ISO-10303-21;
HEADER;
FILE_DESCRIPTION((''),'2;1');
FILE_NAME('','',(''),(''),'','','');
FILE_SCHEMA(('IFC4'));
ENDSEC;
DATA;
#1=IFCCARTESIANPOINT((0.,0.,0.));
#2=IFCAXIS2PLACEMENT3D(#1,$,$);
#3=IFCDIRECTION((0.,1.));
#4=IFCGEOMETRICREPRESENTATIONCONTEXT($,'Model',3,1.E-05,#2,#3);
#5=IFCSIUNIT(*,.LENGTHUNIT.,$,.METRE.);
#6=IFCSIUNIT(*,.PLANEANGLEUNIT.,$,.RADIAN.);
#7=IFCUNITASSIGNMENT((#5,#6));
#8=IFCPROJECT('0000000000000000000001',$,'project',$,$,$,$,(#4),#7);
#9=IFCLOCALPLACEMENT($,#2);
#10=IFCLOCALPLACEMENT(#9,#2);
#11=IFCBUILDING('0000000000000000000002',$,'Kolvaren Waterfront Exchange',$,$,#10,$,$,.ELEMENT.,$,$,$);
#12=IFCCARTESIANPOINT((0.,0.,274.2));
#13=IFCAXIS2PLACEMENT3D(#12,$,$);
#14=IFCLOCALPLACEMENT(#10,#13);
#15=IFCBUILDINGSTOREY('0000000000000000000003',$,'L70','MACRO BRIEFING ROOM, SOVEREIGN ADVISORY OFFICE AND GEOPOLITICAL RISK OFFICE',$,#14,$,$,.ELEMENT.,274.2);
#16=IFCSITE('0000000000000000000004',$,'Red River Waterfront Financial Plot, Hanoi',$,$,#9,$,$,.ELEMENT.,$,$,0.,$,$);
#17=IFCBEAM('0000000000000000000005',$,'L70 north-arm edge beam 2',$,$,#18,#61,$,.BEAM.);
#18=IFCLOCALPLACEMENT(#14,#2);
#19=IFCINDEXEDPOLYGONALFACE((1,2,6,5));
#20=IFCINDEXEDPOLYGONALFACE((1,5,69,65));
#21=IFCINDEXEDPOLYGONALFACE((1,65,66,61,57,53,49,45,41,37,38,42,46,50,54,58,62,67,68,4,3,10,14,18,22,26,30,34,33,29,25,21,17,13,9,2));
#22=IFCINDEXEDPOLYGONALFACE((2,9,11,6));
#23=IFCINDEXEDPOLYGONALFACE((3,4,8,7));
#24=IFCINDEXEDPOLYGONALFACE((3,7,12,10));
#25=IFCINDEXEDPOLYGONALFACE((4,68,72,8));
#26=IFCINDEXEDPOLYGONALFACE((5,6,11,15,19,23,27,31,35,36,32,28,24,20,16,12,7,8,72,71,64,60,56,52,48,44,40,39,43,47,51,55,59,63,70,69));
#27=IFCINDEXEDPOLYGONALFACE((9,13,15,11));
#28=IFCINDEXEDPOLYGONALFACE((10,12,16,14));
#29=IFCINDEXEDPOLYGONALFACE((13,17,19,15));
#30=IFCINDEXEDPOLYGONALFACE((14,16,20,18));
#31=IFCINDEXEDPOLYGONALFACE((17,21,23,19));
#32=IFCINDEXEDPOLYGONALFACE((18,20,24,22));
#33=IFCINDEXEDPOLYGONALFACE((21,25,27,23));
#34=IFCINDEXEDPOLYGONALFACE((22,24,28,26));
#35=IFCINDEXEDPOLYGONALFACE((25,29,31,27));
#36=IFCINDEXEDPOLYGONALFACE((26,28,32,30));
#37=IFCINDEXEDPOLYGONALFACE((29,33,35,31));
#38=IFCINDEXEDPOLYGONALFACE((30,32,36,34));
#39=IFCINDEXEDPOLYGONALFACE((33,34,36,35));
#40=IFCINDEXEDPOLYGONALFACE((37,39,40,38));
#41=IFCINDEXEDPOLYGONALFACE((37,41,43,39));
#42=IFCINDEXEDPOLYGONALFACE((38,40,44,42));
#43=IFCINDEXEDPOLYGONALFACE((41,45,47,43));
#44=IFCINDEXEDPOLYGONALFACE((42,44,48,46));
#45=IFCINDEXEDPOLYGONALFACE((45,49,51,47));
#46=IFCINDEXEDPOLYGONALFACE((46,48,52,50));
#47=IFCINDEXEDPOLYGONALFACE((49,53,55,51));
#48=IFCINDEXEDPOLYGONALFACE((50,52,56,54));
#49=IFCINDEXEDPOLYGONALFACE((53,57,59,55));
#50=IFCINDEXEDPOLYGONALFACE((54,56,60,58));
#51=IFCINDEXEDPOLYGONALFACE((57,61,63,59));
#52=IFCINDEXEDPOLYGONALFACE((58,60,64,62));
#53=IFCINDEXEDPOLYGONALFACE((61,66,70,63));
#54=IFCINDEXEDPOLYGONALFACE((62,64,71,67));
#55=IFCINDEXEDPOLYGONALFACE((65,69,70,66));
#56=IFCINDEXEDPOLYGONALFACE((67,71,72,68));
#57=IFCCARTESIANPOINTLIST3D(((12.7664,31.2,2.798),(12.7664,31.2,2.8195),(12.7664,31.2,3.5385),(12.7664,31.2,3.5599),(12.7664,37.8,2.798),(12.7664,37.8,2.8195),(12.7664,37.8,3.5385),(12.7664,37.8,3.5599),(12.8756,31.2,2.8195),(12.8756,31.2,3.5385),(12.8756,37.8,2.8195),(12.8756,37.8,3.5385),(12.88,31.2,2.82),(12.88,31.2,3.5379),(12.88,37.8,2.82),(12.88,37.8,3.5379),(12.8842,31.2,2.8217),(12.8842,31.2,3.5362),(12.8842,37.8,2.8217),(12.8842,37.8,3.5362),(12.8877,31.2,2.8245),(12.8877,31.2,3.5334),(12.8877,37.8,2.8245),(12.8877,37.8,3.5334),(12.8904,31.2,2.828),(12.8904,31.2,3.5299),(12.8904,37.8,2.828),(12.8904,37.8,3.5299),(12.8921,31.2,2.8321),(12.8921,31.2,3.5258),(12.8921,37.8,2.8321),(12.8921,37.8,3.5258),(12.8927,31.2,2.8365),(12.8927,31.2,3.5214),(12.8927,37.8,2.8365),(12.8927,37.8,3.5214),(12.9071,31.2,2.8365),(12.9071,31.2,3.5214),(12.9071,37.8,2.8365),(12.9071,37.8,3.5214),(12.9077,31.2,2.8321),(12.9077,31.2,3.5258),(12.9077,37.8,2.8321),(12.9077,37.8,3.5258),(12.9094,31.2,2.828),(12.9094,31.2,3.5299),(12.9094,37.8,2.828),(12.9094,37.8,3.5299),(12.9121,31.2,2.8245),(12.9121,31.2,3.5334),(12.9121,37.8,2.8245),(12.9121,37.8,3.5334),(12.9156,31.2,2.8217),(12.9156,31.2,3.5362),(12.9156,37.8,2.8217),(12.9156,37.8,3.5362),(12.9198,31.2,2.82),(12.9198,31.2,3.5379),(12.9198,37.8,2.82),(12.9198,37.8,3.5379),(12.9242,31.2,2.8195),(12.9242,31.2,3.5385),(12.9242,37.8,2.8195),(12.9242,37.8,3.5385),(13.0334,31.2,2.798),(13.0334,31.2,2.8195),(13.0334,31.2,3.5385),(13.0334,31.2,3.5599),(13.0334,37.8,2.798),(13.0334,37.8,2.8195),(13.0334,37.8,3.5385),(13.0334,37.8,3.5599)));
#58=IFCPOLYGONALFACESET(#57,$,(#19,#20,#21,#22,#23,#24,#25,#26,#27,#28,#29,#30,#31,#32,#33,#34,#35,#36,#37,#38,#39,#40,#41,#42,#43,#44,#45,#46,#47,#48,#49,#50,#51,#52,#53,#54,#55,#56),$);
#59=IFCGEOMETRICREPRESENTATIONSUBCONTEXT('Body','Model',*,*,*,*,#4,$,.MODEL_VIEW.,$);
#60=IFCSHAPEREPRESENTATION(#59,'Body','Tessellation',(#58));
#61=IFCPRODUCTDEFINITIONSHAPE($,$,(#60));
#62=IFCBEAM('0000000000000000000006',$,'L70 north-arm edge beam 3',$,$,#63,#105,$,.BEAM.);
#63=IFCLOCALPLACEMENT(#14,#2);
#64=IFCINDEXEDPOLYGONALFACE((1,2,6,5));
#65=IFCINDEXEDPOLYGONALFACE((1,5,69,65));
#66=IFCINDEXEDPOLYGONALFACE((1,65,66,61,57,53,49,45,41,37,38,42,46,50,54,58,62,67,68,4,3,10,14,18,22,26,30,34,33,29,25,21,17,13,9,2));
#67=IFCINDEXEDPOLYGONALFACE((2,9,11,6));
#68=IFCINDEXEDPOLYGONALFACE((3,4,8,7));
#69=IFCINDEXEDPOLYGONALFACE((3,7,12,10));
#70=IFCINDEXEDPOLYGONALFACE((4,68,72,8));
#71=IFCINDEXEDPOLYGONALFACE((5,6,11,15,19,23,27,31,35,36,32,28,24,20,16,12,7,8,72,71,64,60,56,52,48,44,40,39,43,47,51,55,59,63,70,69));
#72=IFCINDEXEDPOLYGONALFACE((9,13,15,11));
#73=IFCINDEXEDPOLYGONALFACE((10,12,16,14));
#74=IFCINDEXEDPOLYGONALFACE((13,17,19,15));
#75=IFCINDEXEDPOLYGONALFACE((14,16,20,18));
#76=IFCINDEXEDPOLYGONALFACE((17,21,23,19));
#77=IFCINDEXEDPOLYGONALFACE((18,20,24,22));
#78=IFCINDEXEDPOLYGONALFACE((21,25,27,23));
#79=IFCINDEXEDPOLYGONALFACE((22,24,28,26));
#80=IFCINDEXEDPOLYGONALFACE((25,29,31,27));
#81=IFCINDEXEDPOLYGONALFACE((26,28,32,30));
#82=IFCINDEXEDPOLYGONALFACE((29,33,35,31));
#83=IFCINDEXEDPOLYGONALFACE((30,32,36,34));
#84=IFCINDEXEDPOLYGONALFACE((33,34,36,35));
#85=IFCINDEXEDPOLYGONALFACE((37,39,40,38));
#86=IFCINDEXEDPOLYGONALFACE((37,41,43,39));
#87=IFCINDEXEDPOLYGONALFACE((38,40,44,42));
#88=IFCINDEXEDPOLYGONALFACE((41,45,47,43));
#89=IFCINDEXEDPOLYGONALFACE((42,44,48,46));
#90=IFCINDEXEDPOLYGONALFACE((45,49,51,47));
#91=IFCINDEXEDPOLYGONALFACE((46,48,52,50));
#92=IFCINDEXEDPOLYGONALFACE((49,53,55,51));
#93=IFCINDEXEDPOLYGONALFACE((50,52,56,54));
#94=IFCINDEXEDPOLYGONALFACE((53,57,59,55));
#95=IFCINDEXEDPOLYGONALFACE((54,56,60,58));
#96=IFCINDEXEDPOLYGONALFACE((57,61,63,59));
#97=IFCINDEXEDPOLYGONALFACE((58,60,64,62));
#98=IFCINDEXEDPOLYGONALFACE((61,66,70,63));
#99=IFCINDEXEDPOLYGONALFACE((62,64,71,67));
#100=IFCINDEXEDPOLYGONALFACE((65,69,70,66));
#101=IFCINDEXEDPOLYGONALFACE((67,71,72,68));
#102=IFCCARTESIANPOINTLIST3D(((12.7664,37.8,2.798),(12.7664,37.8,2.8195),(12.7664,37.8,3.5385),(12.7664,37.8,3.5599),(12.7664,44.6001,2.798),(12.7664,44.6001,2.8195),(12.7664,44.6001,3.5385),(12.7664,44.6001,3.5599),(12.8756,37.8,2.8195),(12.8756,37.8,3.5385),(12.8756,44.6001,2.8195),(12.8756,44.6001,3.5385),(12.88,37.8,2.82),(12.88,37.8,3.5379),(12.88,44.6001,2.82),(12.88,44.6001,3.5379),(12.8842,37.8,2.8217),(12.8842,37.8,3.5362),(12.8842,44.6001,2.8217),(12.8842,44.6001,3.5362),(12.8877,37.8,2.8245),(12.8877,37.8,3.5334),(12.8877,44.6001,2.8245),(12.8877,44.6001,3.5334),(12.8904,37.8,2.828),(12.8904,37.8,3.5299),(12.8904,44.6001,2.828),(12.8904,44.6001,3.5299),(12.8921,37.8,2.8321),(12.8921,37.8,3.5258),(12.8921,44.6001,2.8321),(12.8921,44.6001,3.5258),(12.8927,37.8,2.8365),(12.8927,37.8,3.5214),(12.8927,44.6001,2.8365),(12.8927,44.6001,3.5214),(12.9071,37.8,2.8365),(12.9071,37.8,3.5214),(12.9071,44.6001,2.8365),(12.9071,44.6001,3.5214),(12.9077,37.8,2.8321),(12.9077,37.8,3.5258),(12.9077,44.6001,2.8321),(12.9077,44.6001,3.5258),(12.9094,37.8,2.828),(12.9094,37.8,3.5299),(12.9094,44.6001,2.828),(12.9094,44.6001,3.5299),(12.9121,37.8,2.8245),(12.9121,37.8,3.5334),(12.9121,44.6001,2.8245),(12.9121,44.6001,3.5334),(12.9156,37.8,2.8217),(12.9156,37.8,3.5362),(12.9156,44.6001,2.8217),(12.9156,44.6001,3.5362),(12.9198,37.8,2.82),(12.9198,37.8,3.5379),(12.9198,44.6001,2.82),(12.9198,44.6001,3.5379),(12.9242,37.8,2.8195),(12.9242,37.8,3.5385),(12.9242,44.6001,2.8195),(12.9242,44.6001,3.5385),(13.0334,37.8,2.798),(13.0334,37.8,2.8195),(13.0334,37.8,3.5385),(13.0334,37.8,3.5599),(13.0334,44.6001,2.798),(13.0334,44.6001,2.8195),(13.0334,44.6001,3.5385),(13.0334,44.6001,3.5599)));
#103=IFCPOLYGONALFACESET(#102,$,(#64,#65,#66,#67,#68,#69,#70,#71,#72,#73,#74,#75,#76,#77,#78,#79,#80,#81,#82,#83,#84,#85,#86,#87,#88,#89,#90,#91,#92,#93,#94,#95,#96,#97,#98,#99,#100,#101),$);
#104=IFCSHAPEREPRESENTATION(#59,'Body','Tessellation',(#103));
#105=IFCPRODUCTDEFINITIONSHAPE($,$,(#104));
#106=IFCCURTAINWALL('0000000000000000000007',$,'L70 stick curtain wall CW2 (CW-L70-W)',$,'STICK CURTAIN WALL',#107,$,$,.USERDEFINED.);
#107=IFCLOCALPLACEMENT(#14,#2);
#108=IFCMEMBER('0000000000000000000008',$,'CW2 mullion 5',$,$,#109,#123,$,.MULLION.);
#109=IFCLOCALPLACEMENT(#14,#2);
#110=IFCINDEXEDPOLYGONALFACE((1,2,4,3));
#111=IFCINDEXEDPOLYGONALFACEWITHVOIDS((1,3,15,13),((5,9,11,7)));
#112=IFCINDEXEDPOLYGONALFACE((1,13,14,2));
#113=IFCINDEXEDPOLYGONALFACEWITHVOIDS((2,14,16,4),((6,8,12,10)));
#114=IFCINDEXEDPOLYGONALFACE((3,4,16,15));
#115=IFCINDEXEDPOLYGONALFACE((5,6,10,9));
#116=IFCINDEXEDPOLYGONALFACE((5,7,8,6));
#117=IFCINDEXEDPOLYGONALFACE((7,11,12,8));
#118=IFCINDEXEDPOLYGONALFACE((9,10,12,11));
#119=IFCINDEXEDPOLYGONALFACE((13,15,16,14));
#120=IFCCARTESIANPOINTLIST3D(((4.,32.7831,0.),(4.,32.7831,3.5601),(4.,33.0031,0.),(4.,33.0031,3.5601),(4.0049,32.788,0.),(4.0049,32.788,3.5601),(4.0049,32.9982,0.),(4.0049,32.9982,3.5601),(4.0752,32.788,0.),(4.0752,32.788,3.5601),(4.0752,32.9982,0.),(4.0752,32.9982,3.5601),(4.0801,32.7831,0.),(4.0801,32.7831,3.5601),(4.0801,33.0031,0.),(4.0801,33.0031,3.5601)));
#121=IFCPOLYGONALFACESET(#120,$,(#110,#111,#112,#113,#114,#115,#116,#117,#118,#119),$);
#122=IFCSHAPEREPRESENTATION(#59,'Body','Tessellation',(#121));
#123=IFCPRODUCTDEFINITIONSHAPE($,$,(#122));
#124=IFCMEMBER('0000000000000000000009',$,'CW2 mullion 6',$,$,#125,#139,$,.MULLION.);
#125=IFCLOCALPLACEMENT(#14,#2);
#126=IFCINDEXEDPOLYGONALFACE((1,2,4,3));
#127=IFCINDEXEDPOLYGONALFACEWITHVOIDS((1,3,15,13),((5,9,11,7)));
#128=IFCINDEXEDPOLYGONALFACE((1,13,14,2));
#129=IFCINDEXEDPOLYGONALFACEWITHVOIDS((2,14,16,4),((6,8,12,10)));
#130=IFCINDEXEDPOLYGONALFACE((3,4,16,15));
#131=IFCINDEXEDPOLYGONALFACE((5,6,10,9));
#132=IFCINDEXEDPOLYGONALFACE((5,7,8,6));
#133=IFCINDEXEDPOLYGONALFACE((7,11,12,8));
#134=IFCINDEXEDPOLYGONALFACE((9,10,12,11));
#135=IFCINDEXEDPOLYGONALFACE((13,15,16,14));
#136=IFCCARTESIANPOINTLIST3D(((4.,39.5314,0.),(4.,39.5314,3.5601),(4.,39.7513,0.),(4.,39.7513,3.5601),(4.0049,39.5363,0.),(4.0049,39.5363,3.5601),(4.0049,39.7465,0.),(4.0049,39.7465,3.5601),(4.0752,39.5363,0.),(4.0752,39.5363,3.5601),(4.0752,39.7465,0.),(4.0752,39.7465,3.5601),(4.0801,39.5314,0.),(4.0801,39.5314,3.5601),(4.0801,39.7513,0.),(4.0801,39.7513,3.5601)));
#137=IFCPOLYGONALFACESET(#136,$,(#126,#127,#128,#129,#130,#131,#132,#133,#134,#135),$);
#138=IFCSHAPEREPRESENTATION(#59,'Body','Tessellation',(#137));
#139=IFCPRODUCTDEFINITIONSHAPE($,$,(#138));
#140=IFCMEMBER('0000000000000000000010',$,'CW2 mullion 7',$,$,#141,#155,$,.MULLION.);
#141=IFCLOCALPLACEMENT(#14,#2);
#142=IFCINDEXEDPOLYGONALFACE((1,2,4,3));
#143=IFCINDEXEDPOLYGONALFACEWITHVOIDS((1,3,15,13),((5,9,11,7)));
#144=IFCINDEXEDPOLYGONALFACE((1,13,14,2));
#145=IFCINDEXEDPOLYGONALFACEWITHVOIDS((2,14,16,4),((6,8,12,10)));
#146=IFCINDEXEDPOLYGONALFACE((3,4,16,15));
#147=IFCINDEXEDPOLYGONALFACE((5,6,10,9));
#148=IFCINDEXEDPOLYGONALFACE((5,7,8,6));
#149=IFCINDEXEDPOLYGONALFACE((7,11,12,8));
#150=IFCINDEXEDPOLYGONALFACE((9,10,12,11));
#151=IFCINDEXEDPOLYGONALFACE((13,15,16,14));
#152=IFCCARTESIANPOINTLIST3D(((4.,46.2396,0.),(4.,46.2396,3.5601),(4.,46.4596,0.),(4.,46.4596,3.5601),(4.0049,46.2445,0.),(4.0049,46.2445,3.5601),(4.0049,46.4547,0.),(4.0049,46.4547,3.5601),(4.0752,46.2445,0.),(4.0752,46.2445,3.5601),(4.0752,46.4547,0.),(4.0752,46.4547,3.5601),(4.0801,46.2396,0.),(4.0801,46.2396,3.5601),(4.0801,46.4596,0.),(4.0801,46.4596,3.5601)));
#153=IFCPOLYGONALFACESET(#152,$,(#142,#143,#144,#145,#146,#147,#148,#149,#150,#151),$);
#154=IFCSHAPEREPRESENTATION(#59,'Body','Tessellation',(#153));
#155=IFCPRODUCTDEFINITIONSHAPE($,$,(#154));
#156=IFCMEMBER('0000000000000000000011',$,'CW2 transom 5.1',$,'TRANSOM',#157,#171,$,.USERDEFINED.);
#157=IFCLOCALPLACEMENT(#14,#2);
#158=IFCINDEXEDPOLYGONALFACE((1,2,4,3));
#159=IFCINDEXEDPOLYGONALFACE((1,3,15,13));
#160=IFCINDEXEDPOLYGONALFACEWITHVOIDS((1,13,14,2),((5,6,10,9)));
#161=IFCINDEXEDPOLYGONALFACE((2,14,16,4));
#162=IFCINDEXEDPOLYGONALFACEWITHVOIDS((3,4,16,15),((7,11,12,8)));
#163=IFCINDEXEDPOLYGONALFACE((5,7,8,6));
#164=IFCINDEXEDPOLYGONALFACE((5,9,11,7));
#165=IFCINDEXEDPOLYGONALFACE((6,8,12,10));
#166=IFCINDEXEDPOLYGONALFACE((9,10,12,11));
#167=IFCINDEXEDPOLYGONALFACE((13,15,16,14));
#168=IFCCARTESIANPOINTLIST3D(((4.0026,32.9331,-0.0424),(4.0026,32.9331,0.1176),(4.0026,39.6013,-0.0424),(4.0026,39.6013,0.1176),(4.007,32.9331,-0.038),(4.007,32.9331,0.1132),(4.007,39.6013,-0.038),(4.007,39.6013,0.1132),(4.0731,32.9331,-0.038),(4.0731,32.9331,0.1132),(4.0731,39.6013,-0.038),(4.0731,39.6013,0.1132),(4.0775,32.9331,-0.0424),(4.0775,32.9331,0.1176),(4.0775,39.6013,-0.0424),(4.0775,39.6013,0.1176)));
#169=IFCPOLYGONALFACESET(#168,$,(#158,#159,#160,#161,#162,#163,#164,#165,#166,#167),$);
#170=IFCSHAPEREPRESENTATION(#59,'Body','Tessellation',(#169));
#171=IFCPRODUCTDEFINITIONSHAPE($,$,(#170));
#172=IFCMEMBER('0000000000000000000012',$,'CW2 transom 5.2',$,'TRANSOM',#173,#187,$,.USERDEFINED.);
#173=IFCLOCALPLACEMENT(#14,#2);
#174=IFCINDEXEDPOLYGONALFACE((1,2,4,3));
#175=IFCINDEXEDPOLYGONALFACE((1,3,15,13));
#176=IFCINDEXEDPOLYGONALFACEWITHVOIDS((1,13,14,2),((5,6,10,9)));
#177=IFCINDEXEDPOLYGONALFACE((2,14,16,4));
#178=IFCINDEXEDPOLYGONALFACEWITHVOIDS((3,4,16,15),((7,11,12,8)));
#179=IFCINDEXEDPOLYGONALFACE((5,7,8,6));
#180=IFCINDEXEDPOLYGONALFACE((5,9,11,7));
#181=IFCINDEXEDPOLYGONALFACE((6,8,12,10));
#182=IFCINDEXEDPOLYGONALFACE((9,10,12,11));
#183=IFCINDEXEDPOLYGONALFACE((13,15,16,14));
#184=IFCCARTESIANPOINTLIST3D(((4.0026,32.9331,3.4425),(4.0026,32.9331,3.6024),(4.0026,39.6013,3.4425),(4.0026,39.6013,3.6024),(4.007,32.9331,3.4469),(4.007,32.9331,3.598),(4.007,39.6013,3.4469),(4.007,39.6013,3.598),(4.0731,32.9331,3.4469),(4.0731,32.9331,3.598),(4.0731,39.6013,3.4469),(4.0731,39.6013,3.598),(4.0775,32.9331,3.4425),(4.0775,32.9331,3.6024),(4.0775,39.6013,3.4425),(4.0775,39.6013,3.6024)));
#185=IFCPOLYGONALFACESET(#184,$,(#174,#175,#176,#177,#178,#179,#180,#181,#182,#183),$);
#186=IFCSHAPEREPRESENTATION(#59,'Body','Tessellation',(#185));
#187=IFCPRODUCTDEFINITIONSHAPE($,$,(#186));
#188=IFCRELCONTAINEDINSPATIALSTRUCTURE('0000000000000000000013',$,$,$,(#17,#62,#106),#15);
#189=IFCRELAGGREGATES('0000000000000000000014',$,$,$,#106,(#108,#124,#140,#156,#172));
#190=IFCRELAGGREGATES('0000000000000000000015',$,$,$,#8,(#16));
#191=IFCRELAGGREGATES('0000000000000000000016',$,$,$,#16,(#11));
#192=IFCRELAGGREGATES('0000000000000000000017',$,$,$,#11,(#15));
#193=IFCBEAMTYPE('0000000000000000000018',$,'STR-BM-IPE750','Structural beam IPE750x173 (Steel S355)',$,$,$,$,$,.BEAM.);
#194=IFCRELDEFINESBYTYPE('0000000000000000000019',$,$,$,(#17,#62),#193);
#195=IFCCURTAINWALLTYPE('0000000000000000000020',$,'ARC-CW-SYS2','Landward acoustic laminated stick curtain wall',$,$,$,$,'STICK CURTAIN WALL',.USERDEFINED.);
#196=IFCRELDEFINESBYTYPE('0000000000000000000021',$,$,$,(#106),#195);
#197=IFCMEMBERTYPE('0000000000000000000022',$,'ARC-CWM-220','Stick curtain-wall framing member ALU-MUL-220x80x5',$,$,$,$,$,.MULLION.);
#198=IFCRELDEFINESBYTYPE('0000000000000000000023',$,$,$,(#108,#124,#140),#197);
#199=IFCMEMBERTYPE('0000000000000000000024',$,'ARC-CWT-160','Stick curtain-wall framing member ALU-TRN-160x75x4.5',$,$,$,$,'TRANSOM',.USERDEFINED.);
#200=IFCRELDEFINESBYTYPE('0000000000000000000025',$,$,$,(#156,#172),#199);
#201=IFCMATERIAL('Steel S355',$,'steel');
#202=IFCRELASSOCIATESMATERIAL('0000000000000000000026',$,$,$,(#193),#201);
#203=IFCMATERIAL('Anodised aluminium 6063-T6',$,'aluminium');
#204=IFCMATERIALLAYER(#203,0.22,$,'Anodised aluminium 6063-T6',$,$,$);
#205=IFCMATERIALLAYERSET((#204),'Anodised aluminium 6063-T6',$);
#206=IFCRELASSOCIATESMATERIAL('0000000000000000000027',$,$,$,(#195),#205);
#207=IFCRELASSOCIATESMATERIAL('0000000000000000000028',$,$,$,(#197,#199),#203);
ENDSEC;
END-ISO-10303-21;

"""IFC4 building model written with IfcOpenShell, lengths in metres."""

from ifc_helpers import new_model, si_unit, direction, frame, origin, origin_with_axes, origin_2d, place, context, subcontext, project, spatial, hollow_rectangle, i_section, extrude, source, transform, mapped, material, layer, layer_set, material_profile, profile_set, type_object, element, aggregate, save


model = new_model("IFC4")

# Units and contexts
model_context = context("Model", 3, precision=1e-05, world=origin(), true_north=direction((0.0, 1.0)))
body_context = subcontext(model_context, "Body", "Model", "MODEL_VIEW")
ifc_project = project(units=[si_unit("LENGTHUNIT", "METRE"), si_unit("PLANEANGLEUNIT", "RADIAN")], contexts=[model_context])

# Site, building, storey
site_placement = place(None, origin())
site = spatial("IfcSite", under=ifc_project, at=site_placement, Name="Red River Waterfront Financial Plot, Hanoi", CompositionType="ELEMENT", RefElevation=0.0)
building_placement = place(site_placement, origin())
building = spatial("IfcBuilding", under=site, at=building_placement, Name="Kolvaren Waterfront Exchange", CompositionType="ELEMENT")
storey_placement = place(building_placement, frame((0.0, 0.0, 274.2)))
storey = spatial("IfcBuildingStorey", under=building, at=storey_placement, Name="L70", Description="MACRO BRIEFING ROOM, SOVEREIGN ADVISORY OFFICE AND GEOPOLITICAL RISK OFFICE", CompositionType="ELEMENT", Elevation=274.2)

# Beams
ifc_material_1 = material(Name="Steel S355", Category="steel")
ifc_material_profile_1 = material_profile(ifc_material_1, i_section(OverallWidth=0.2671, OverallDepth=0.762, WebThickness=0.0144, FlangeThickness=0.0215, FilletRadius=0.0171, at=origin_2d()), Name="IPE750x173")
ifc_profile_set_1 = profile_set([ifc_material_profile_1], Name="Steel S355")
beam_type_1 = type_object("IfcBeamType", Name="STR-BM-IPE750", Description="Structural beam IPE750x173 (Steel S355)", PredefinedType="BEAM", material=ifc_profile_set_1)
beam_1_placement = place(storey_placement, frame((12.8999, 31.2, 3.179), z_axis=(0.0, 1.0, 0.0), x_axis=(-1.0, 0.0, 0.0)))
element("IfcBeam", 1, at=beam_1_placement, inside=storey, type_object=beam_type_1, Name="L70 north-arm edge beam 2", PredefinedType="BEAM", context=body_context, shape_type="SweptSolid", body=[
    extrude(i_section(OverallWidth=0.2671, OverallDepth=0.762, WebThickness=0.0144, FlangeThickness=0.0215, FilletRadius=0.0171, at=origin_2d()), origin(), (0.0, 0.0, 1.0), 6.6001),
])
beam_2_placement = place(storey_placement, frame((12.8999, 37.8, 3.179), z_axis=(0.0, 1.0, 0.0), x_axis=(-1.0, 0.0, 0.0)))
element("IfcBeam", 2, at=beam_2_placement, inside=storey, type_object=beam_type_1, Name="L70 north-arm edge beam 3", PredefinedType="BEAM", context=body_context, shape_type="SweptSolid", body=[
    extrude(i_section(OverallWidth=0.2671, OverallDepth=0.762, WebThickness=0.0144, FlangeThickness=0.0215, FilletRadius=0.0171, at=origin_2d()), origin(), (0.0, 0.0, 1.0), 6.8),
])

# Curtain wall, members
ifc_material_2 = material(Name="Anodised aluminium 6063-T6", Category="aluminium")
ifc_layer_1 = layer(ifc_material_2, 0.22, Name="Anodised aluminium 6063-T6")
ifc_layer_set_1 = layer_set([ifc_layer_1], Name="Anodised aluminium 6063-T6")
curtain_wall_type = type_object("IfcCurtainWallType", Name="ARC-CW-SYS2", Description="Landward acoustic laminated stick curtain wall", ElementType="STICK CURTAIN WALL", PredefinedType="USERDEFINED", material=ifc_layer_set_1)
curtain_wall_placement = place(storey_placement, origin())
curtain_wall = element("IfcCurtainWall", 3, at=curtain_wall_placement, inside=storey, type_object=curtain_wall_type, Name="L70 stick curtain wall CW2 (CW-L70-W)", ObjectType="STICK CURTAIN WALL", PredefinedType="USERDEFINED")
ifc_material_profile_2 = material_profile(ifc_material_2, hollow_rectangle(XDim=0.0801, YDim=0.22, WallThickness=0.0049, at=origin_2d()), Name="ALU-MUL-220x80x5")
ifc_profile_set_2 = profile_set([ifc_material_profile_2], Name="Anodised aluminium 6063-T6")
member_type_1 = type_object("IfcMemberType", Name="ARC-CWM-220", Description="Stick curtain-wall framing member ALU-MUL-220x80x5", PredefinedType="MULLION", material=ifc_profile_set_2)
shared_shape_1 = source(origin_with_axes(), body_context, "Body", "SweptSolid", [
    extrude(hollow_rectangle(XDim=0.0801, YDim=0.22, WallThickness=0.0049, at=origin_2d()), origin(), (0.0, 0.0, 1.0), 3.5601),
])
member_1_placement = place(storey_placement, frame((4.04, 32.8931, 0.0), z_axis=(0.0, 0.0, 1.0), x_axis=(-1.0, 0.0, 0.0)))
member_1 = element("IfcMember", 4, at=member_1_placement, type_object=member_type_1, Name="CW2 mullion 5", PredefinedType="MULLION", context=body_context, shape_type="MappedRepresentation", body=[
    mapped(shared_shape_1, transform((0.0, 0.0, 0.0), x_axis=(1.0, 0.0, 0.0), y_axis=(0.0, 1.0, 0.0), z_axis=(0.0, 0.0, 1.0), scale=1.0)),
])
member_2_placement = place(storey_placement, frame((4.04, 39.6414, 0.0), z_axis=(0.0, 0.0, 1.0), x_axis=(-1.0, 0.0, 0.0)))
member_2 = element("IfcMember", 5, at=member_2_placement, type_object=member_type_1, Name="CW2 mullion 6", PredefinedType="MULLION", context=body_context, shape_type="MappedRepresentation", body=[
    mapped(shared_shape_1, transform((0.0, 0.0, 0.0), x_axis=(1.0, 0.0, 0.0), y_axis=(0.0, 1.0, 0.0), z_axis=(0.0, 0.0, 1.0), scale=1.0)),
])
member_3_placement = place(storey_placement, frame((4.04, 46.3496, 0.0), z_axis=(0.0, 0.0, 1.0), x_axis=(-1.0, 0.0, 0.0)))
member_3 = element("IfcMember", 6, at=member_3_placement, type_object=member_type_1, Name="CW2 mullion 7", PredefinedType="MULLION", context=body_context, shape_type="MappedRepresentation", body=[
    mapped(shared_shape_1, transform((0.0, 0.0, 0.0), x_axis=(1.0, 0.0, 0.0), y_axis=(0.0, 1.0, 0.0), z_axis=(0.0, 0.0, 1.0), scale=1.0)),
])
ifc_material_profile_3 = material_profile(ifc_material_2, hollow_rectangle(XDim=0.075, YDim=0.1599, WallThickness=0.0044, at=origin_2d()), Name="ALU-TRN-160x75x4.5")
ifc_profile_set_3 = profile_set([ifc_material_profile_3], Name="Anodised aluminium 6063-T6")
member_type_2 = type_object("IfcMemberType", Name="ARC-CWT-160", Description="Stick curtain-wall framing member ALU-TRN-160x75x4.5", ElementType="TRANSOM", PredefinedType="USERDEFINED", material=ifc_profile_set_3)
shared_shape_2 = source(origin_with_axes(), body_context, "Body", "SweptSolid", [
    extrude(hollow_rectangle(XDim=0.075, YDim=0.1599, WallThickness=0.0044, at=origin_2d()), origin(), (0.0, 0.0, 1.0), 6.6682),
])
member_4_placement = place(storey_placement, frame((4.04, 32.9331, 0.0376), z_axis=(0.0, 1.0, 0.0), x_axis=(-1.0, 0.0, 0.0)))
member_4 = element("IfcMember", 7, at=member_4_placement, type_object=member_type_2, Name="CW2 transom 5.1", ObjectType="TRANSOM", PredefinedType="USERDEFINED", context=body_context, shape_type="MappedRepresentation", body=[
    mapped(shared_shape_2, transform((0.0, 0.0, 0.0), x_axis=(1.0, 0.0, 0.0), y_axis=(0.0, 1.0, 0.0), z_axis=(0.0, 0.0, 1.0), scale=1.0)),
])
member_5_placement = place(storey_placement, frame((4.04, 32.9331, 3.5225), z_axis=(0.0, 1.0, 0.0), x_axis=(-1.0, 0.0, 0.0)))
member_5 = element("IfcMember", 8, at=member_5_placement, type_object=member_type_2, Name="CW2 transom 5.2", ObjectType="TRANSOM", PredefinedType="USERDEFINED", context=body_context, shape_type="MappedRepresentation", body=[
    mapped(shared_shape_2, transform((0.0, 0.0, 0.0), x_axis=(1.0, 0.0, 0.0), y_axis=(0.0, 1.0, 0.0), z_axis=(0.0, 0.0, 1.0), scale=1.0)),
])
aggregate(curtain_wall, [member_1, member_2, member_3, member_4, member_5])

save(model, "model.ifc")
